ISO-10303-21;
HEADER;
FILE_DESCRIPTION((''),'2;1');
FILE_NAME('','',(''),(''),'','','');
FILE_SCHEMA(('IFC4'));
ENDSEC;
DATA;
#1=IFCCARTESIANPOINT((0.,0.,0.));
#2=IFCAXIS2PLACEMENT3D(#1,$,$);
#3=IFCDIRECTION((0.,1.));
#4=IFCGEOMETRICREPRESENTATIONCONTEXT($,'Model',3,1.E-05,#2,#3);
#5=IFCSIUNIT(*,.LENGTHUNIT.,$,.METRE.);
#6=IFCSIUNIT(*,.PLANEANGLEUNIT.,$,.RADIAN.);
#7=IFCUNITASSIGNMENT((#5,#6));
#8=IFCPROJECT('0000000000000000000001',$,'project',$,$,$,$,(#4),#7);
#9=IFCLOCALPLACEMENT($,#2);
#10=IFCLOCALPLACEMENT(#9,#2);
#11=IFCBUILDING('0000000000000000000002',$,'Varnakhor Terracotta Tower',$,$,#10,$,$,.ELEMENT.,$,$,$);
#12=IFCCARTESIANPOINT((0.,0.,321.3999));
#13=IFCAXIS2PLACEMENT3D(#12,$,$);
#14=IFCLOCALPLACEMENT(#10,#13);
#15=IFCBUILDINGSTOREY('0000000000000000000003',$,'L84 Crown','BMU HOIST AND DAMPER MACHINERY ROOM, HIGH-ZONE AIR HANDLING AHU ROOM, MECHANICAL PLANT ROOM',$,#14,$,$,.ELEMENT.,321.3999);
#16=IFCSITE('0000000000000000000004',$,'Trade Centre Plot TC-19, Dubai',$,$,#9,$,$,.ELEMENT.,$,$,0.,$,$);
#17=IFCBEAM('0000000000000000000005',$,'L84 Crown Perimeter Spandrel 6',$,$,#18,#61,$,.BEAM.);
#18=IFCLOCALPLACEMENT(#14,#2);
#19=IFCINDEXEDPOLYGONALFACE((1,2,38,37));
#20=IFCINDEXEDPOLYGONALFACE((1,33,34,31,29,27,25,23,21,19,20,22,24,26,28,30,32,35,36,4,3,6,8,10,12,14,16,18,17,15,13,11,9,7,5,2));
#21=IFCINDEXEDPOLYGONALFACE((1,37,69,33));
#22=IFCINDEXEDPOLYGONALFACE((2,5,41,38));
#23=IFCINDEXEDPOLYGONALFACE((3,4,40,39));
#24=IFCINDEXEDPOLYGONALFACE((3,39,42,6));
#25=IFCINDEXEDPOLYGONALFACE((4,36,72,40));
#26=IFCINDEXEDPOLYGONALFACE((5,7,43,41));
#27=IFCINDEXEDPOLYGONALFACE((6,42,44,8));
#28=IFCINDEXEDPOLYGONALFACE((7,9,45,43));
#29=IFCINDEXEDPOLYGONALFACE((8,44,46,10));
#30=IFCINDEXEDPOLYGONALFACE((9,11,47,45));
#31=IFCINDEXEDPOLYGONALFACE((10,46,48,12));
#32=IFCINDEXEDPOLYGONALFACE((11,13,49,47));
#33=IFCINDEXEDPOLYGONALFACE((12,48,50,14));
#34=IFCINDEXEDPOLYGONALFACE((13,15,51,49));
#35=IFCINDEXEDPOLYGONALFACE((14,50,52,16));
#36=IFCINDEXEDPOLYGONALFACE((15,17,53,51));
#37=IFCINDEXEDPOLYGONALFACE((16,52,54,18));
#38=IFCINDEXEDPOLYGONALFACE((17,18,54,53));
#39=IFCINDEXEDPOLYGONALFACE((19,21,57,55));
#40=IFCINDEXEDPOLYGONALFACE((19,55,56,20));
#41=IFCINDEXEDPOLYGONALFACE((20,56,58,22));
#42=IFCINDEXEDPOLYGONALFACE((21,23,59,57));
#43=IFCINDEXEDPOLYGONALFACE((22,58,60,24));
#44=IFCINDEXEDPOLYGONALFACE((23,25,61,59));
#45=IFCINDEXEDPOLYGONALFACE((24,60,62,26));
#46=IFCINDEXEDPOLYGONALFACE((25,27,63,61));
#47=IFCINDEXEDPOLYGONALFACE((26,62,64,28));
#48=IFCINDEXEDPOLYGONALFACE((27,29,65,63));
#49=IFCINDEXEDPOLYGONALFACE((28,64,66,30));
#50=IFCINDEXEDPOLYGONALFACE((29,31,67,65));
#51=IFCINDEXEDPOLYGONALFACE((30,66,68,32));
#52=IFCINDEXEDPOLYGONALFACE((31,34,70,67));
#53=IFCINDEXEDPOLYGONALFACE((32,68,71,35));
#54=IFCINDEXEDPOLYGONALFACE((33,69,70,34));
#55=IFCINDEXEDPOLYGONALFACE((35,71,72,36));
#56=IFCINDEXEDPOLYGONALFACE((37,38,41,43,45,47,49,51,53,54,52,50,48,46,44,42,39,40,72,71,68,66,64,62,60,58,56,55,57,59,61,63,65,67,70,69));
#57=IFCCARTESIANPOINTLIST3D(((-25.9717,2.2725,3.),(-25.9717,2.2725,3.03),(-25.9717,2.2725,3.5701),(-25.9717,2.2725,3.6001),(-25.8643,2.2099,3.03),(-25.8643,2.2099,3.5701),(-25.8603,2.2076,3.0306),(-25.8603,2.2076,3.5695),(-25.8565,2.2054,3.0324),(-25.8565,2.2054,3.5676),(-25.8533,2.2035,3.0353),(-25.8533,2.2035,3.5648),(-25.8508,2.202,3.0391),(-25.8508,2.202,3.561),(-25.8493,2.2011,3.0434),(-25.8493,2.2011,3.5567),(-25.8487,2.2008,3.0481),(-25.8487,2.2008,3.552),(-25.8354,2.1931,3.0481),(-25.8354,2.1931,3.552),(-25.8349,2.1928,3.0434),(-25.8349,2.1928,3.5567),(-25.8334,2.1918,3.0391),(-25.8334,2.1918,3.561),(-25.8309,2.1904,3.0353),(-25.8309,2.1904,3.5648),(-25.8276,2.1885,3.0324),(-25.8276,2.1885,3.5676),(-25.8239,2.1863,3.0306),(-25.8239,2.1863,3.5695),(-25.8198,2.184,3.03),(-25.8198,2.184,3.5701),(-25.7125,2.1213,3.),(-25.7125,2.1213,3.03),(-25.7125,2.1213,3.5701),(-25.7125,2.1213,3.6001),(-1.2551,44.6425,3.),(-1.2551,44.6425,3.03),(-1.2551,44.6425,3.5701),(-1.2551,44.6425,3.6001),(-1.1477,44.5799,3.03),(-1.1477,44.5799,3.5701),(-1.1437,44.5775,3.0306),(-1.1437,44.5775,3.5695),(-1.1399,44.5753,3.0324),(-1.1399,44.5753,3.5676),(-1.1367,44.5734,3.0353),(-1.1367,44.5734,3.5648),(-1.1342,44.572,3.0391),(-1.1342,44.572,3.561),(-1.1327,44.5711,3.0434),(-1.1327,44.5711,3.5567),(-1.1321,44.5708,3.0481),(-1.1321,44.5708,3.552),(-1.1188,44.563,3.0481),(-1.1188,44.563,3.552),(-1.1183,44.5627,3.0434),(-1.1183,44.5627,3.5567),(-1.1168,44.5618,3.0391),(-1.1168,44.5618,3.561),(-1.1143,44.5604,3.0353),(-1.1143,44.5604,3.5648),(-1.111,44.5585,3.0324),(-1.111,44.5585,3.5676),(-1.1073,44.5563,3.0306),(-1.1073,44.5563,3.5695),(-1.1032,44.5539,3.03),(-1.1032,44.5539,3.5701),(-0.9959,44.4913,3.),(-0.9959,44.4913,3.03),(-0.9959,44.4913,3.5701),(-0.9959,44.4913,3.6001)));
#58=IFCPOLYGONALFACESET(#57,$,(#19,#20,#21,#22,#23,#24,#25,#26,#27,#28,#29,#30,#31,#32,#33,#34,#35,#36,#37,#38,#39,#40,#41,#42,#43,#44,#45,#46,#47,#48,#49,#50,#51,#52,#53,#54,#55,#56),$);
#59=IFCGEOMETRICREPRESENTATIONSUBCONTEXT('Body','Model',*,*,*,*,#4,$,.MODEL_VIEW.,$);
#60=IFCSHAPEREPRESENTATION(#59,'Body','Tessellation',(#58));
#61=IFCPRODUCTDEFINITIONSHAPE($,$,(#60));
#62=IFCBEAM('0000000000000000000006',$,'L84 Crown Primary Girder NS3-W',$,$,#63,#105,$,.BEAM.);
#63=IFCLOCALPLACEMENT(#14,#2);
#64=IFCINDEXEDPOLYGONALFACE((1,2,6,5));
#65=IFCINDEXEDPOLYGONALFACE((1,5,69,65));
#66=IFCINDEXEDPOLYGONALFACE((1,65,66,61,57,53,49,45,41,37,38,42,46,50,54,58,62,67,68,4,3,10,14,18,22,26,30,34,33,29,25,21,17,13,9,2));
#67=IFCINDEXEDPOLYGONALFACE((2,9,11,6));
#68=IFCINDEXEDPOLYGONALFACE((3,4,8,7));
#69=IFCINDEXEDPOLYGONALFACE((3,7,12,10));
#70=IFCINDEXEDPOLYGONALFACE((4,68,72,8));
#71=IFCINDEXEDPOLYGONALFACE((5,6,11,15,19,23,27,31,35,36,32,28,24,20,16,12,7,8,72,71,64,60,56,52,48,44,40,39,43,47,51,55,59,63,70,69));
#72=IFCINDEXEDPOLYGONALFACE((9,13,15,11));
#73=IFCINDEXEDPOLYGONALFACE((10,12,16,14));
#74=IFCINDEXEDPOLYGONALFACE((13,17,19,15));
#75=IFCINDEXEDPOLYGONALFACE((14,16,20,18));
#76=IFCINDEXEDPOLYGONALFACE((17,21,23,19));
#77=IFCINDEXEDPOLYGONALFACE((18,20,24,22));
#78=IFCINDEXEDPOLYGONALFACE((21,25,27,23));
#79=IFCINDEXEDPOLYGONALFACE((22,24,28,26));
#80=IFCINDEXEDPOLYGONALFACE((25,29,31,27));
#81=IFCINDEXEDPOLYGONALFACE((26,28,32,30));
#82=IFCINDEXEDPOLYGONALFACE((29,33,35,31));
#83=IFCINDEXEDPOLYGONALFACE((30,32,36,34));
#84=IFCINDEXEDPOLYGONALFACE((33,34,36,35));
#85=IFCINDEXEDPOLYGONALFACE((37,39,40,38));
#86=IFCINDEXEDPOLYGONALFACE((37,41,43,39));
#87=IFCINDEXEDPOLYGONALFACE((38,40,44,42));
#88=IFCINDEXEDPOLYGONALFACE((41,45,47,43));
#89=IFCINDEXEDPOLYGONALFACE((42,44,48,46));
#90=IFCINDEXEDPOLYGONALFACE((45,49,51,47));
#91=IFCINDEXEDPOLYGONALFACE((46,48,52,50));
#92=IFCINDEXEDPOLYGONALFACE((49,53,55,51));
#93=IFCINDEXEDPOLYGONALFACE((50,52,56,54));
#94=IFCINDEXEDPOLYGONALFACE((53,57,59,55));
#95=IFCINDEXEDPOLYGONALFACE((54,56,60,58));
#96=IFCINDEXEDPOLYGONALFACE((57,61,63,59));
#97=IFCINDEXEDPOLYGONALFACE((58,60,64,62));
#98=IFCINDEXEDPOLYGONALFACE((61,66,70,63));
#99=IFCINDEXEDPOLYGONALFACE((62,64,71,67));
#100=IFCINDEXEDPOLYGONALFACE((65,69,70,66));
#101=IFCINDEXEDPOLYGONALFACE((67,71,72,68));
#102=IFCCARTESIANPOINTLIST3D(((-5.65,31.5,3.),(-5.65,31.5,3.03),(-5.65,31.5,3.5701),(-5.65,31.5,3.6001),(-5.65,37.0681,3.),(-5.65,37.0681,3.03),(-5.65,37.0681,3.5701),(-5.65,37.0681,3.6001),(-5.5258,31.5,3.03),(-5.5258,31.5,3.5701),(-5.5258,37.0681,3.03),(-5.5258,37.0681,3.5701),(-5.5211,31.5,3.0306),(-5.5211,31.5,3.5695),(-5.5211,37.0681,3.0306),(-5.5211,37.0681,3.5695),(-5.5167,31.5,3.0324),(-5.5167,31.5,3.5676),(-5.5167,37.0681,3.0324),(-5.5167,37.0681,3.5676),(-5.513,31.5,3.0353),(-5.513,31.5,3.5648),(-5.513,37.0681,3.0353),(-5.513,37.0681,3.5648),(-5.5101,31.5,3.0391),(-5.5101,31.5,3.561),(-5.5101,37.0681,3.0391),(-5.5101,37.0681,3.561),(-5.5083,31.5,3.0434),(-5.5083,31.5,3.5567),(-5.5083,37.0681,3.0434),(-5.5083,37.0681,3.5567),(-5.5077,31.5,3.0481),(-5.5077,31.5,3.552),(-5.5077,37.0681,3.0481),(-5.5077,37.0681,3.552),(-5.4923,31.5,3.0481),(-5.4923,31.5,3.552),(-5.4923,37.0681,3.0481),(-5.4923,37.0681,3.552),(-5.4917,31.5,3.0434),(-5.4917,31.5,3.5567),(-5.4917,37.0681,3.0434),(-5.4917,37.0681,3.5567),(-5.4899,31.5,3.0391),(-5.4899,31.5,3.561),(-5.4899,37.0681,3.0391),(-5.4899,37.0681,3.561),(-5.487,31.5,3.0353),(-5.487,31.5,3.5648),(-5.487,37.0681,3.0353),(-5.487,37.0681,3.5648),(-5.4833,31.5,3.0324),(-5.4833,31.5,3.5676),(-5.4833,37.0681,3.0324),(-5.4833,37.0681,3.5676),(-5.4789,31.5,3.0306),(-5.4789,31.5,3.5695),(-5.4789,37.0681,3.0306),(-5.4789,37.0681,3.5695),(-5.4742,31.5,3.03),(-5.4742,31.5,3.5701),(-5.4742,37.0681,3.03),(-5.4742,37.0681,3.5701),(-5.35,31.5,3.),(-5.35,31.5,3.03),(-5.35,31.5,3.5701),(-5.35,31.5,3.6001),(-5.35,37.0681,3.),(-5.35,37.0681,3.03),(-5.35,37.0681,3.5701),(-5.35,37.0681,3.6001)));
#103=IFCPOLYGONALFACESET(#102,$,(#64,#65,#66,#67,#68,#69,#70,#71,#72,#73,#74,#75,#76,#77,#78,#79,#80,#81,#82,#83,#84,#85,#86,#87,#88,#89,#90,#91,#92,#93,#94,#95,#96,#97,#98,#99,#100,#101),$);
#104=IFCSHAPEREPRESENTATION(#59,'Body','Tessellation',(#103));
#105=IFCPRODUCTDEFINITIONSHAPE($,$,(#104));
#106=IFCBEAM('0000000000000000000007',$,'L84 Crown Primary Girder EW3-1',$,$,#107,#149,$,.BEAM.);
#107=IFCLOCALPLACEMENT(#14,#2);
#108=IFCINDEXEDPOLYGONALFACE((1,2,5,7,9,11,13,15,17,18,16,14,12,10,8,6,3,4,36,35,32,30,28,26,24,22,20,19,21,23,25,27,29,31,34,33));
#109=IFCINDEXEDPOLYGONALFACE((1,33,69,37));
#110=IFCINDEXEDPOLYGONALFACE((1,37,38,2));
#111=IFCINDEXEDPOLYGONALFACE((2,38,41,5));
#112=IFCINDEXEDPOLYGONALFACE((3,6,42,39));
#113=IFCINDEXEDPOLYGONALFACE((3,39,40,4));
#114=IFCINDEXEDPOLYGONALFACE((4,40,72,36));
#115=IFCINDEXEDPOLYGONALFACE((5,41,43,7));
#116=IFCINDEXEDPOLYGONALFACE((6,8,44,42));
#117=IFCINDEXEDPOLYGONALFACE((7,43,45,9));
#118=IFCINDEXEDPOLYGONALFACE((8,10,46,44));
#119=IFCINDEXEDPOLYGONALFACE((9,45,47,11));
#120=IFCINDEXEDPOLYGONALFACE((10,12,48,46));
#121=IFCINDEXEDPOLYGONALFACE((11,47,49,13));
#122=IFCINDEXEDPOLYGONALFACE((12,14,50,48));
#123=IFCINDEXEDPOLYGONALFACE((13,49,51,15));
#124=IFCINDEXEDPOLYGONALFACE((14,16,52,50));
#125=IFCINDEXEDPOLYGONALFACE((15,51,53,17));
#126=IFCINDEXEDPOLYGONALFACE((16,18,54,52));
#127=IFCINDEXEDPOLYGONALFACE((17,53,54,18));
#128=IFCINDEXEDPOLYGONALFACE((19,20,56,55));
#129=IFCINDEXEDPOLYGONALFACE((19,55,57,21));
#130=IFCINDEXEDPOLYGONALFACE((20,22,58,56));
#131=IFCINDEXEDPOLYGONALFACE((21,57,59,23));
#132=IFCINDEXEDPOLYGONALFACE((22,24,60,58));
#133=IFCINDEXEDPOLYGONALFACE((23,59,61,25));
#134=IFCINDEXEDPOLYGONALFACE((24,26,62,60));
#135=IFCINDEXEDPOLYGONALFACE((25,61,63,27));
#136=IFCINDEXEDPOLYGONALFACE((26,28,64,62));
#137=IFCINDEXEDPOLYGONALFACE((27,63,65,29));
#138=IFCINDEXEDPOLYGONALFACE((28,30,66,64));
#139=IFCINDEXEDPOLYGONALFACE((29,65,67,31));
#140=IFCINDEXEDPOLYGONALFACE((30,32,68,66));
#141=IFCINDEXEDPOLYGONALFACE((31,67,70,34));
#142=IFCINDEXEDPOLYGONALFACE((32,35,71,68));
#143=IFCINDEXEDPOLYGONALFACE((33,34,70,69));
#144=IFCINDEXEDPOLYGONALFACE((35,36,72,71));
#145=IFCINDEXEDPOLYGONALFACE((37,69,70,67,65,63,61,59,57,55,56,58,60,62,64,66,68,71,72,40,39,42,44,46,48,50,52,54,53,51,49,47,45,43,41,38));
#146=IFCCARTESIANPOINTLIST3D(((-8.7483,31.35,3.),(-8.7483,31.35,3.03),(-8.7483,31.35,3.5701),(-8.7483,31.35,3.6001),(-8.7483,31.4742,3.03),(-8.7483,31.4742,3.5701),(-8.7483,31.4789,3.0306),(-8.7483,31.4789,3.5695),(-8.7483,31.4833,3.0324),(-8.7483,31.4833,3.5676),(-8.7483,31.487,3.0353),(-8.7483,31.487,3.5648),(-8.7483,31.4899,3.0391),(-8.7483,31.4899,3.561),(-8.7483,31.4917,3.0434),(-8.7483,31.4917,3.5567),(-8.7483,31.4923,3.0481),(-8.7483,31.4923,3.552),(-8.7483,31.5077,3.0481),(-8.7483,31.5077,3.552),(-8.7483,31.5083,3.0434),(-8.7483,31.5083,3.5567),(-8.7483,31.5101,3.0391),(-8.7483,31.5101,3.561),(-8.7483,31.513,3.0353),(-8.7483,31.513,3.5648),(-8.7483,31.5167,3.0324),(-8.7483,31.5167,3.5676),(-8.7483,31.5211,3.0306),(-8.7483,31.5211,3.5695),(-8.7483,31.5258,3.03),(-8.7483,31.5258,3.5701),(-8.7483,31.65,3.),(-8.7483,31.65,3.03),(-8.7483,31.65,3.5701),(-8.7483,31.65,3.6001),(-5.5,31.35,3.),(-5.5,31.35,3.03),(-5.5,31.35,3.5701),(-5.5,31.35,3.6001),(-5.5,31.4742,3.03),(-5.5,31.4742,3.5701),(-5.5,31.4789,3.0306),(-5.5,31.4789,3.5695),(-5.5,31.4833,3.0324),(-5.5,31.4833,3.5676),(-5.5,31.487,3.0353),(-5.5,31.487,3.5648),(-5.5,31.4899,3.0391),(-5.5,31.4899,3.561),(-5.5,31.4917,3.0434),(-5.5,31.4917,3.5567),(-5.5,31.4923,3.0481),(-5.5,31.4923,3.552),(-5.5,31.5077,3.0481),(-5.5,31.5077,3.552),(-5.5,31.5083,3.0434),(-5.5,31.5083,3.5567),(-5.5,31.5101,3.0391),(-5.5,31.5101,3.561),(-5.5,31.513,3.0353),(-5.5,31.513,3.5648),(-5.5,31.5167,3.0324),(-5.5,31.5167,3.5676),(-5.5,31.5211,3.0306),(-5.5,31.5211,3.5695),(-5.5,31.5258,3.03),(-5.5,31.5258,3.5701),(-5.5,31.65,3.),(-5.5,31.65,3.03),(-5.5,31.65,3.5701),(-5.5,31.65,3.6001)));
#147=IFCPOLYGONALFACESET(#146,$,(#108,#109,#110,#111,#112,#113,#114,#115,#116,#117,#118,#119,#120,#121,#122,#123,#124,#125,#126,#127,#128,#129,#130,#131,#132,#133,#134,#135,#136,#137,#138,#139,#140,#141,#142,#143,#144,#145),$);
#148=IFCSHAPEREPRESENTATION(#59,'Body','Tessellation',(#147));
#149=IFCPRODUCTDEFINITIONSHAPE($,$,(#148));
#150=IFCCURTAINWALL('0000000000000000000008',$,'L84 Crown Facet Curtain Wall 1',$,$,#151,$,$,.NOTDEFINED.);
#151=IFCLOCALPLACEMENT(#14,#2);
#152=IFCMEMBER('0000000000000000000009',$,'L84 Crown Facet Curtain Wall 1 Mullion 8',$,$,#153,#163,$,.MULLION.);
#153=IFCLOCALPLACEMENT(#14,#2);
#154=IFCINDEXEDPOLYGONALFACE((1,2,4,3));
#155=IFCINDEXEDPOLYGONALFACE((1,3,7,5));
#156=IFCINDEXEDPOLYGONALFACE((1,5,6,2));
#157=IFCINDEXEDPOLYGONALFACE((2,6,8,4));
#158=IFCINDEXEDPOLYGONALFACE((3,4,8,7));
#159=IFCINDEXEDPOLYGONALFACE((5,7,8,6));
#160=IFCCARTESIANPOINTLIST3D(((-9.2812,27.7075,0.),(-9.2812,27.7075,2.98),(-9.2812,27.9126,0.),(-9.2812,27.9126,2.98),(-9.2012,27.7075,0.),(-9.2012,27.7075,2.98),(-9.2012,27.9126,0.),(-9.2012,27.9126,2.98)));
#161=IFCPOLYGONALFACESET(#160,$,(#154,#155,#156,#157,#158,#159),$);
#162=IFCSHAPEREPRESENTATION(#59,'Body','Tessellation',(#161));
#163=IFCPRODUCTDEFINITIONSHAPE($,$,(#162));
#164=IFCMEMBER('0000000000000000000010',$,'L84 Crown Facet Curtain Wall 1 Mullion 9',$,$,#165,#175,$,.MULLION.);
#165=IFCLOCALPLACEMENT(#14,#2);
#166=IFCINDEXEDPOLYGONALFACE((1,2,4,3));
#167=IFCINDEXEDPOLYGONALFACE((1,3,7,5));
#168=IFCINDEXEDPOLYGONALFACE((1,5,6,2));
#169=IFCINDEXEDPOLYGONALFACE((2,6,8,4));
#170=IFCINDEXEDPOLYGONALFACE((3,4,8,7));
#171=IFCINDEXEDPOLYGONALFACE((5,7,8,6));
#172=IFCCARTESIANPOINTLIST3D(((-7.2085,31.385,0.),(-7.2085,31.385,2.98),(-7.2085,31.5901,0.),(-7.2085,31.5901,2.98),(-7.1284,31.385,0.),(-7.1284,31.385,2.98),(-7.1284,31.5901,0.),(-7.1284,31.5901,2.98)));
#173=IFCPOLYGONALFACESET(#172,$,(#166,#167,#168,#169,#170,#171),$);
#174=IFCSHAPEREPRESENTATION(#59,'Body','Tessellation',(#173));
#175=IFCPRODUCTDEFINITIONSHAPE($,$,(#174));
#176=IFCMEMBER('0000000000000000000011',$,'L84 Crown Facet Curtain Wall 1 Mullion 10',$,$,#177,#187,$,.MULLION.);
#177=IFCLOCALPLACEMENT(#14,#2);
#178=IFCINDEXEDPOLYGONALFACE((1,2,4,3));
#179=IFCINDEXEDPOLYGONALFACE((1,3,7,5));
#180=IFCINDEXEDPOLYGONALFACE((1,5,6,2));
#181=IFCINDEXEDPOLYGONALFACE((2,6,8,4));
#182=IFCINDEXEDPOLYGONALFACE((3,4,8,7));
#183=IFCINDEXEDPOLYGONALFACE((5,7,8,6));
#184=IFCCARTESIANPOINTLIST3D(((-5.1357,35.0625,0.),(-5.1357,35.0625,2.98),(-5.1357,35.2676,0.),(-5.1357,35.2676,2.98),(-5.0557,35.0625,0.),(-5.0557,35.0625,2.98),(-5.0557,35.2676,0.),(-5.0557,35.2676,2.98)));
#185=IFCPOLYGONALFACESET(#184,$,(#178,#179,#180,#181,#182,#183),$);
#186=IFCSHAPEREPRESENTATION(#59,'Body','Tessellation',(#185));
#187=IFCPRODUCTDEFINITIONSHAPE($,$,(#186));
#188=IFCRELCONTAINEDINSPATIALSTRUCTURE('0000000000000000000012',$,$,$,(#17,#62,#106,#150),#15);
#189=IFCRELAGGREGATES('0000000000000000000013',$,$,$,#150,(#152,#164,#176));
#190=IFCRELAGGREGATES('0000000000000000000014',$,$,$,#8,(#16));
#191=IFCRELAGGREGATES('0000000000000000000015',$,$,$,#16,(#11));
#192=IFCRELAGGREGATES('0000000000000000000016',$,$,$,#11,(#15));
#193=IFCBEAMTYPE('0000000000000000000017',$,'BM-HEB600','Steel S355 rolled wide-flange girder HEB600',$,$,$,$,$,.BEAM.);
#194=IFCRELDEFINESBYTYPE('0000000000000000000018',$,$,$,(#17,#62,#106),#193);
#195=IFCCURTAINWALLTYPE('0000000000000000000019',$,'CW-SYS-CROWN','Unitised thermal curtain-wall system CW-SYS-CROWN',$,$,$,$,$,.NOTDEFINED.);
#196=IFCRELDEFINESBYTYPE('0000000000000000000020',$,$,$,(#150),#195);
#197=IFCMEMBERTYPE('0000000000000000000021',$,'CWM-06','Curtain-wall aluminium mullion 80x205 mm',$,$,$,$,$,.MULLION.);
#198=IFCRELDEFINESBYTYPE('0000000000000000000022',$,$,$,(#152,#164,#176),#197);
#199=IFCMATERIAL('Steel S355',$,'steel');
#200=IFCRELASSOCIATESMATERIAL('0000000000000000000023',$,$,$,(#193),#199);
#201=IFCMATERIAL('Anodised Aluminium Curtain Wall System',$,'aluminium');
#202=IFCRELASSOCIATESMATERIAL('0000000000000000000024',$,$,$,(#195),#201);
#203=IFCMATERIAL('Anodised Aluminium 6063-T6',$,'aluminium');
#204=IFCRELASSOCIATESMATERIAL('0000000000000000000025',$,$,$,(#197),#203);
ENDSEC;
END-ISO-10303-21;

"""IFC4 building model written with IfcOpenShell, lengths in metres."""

from ifc_helpers import new_model, si_unit, direction, frame, origin, origin_2d, place, context, subcontext, project, spatial, rectangle, i_section, extrude, source, transform, mapped, material, material_profile, profile_set, type_object, type_shapes, element, aggregate, save


model = new_model("IFC4")

# Units and contexts
model_context = context("Model", 3, precision=1e-05, world=origin(), true_north=direction((0.0, 1.0)))
body_context = subcontext(model_context, "Body", "Model", "MODEL_VIEW")
ifc_project = project(units=[si_unit("LENGTHUNIT", "METRE"), si_unit("PLANEANGLEUNIT", "RADIAN")], contexts=[model_context])

# Site, building, storey
site_placement = place(None, origin())
site = spatial("IfcSite", under=ifc_project, at=site_placement, Name="Trade Centre Plot TC-19, Dubai", CompositionType="ELEMENT", RefElevation=0.0)
building_placement = place(site_placement, origin())
building = spatial("IfcBuilding", under=site, at=building_placement, Name="Varnakhor Terracotta Tower", CompositionType="ELEMENT")
storey_placement = place(building_placement, frame((0.0, 0.0, 321.3999)))
storey = spatial("IfcBuildingStorey", under=building, at=storey_placement, Name="L84 Crown", Description="BMU HOIST AND DAMPER MACHINERY ROOM, HIGH-ZONE AIR HANDLING AHU ROOM, MECHANICAL PLANT ROOM", CompositionType="ELEMENT", Elevation=321.3999)

# Shared definitions
ifc_material_1 = material(Name="Steel S355", Category="steel")

# Beams
ifc_material_profile_1 = material_profile(ifc_material_1, i_section(OverallWidth=0.3, OverallDepth=0.6001, WebThickness=0.0154, FlangeThickness=0.03, FilletRadius=0.0181, at=origin_2d()), Name="HEB600")
ifc_profile_set_1 = profile_set([ifc_material_profile_1], Name="Steel S355")
beam_type = type_object("IfcBeamType", Name="BM-HEB600", Description="Steel S355 rolled wide-flange girder HEB600", PredefinedType="BEAM", material=ifc_profile_set_1)
shared_shape_1 = source(origin(), body_context, "Body", "SweptSolid", [
    extrude(i_section(OverallWidth=0.3, OverallDepth=0.6001, WebThickness=0.0154, FlangeThickness=0.03, FilletRadius=0.0181, at=origin_2d()), origin(), (0.0, 0.0, 1.0), 49.0522),
])
beam_1_placement = place(storey_placement, frame((-1.1255, 44.5669, 3.3), z_axis=(-0.503883, -0.863772, 0.0), x_axis=(0.863772, -0.503883, 0.0)))
element("IfcBeam", 1, at=beam_1_placement, inside=storey, type_object=beam_type, Name="L84 Crown Perimeter Spandrel 6", PredefinedType="BEAM", context=body_context, shape_type="MappedRepresentation", body=[
    mapped(shared_shape_1, transform((0.0, 0.0, 0.0), scale=1.0)),
])
shared_shape_2 = source(origin(), body_context, "Body", "SweptSolid", [
    extrude(i_section(OverallWidth=0.3, OverallDepth=0.6001, WebThickness=0.0154, FlangeThickness=0.03, FilletRadius=0.0181, at=origin_2d()), origin(), (0.0, 0.0, 1.0), 5.5681),
])
beam_2_placement = place(storey_placement, frame((-5.5, 31.5, 3.3), z_axis=(0.0, 1.0, 0.0), x_axis=(-1.0, 0.0, 0.0)))
element("IfcBeam", 2, at=beam_2_placement, inside=storey, type_object=beam_type, Name="L84 Crown Primary Girder NS3-W", PredefinedType="BEAM", context=body_context, shape_type="MappedRepresentation", body=[
    mapped(shared_shape_2, transform((0.0, 0.0, 0.0), scale=1.0)),
])
shared_shape_3 = source(origin(), body_context, "Body", "SweptSolid", [
    extrude(i_section(OverallWidth=0.3, OverallDepth=0.6001, WebThickness=0.0154, FlangeThickness=0.03, FilletRadius=0.0181, at=origin_2d()), origin(), (0.0, 0.0, 1.0), 3.2483),
])
beam_3_placement = place(storey_placement, frame((-8.7483, 31.5, 3.3), z_axis=(1.0, 0.0, 0.0), x_axis=(0.0, 1.0, 0.0)))
element("IfcBeam", 3, at=beam_3_placement, inside=storey, type_object=beam_type, Name="L84 Crown Primary Girder EW3-1", PredefinedType="BEAM", context=body_context, shape_type="MappedRepresentation", body=[
    mapped(shared_shape_3, transform((0.0, 0.0, 0.0), scale=1.0)),
])

# Curtain wall, members
ifc_material_2 = material(Name="Anodised Aluminium Curtain Wall System", Category="aluminium")
curtain_wall_type = type_object("IfcCurtainWallType", Name="CW-SYS-CROWN", Description="Unitised thermal curtain-wall system CW-SYS-CROWN", PredefinedType="NOTDEFINED", material=ifc_material_2)
curtain_wall_placement = place(storey_placement, origin())
curtain_wall = element("IfcCurtainWall", 4, at=curtain_wall_placement, inside=storey, type_object=curtain_wall_type, Name="L84 Crown Facet Curtain Wall 1", PredefinedType="NOTDEFINED")
ifc_material_3 = material(Name="Anodised Aluminium 6063-T6", Category="aluminium")
ifc_material_profile_2 = material_profile(ifc_material_3, rectangle(XDim=0.0801, YDim=0.2051, at=origin_2d()), Name="ALU MULLION 80x205")
ifc_profile_set_2 = profile_set([ifc_material_profile_2], Name="Anodised Aluminium 6063-T6")
member_type_1 = type_object("IfcMemberType", Name="CWM-06", Description="Curtain-wall aluminium mullion 80x205 mm", PredefinedType="MULLION", material=ifc_profile_set_2)
shared_shape_4 = source(origin(), body_context, "Body", "SweptSolid", [
    extrude(rectangle(XDim=0.0801, YDim=0.2051, at=origin_2d()), origin(), (0.0, 0.0, 1.0), 2.98),
])
type_shapes(member_type_1, [shared_shape_4])
member_1_placement = place(storey_placement, frame((-9.2412, 27.8101, 0.0), z_axis=(0.0, 0.0, 1.0), x_axis=(1.0, 0.0, 0.0)))
member_1 = element("IfcMember", 5, at=member_1_placement, type_object=member_type_1, Name="L84 Crown Facet Curtain Wall 1 Mullion 8", PredefinedType="MULLION", context=body_context, shape_type="MappedRepresentation", body=[
    mapped(shared_shape_4, transform((0.0, 0.0, 0.0), scale=1.0)),
])
member_2_placement = place(storey_placement, frame((-7.1685, 31.4875, 0.0), z_axis=(0.0, 0.0, 1.0), x_axis=(1.0, 0.0, 0.0)))
member_2 = element("IfcMember", 6, at=member_2_placement, type_object=member_type_1, Name="L84 Crown Facet Curtain Wall 1 Mullion 9", PredefinedType="MULLION", context=body_context, shape_type="MappedRepresentation", body=[
    mapped(shared_shape_4, transform((0.0, 0.0, 0.0), scale=1.0)),
])
member_3_placement = place(storey_placement, frame((-5.0957, 35.165, 0.0), z_axis=(0.0, 0.0, 1.0), x_axis=(1.0, 0.0, 0.0)))
member_3 = element("IfcMember", 7, at=member_3_placement, type_object=member_type_1, Name="L84 Crown Facet Curtain Wall 1 Mullion 10", PredefinedType="MULLION", context=body_context, shape_type="MappedRepresentation", body=[
    mapped(shared_shape_4, transform((0.0, 0.0, 0.0), scale=1.0)),
])
aggregate(curtain_wall, [member_1, member_2, member_3])

save(model, "model.ifc")
